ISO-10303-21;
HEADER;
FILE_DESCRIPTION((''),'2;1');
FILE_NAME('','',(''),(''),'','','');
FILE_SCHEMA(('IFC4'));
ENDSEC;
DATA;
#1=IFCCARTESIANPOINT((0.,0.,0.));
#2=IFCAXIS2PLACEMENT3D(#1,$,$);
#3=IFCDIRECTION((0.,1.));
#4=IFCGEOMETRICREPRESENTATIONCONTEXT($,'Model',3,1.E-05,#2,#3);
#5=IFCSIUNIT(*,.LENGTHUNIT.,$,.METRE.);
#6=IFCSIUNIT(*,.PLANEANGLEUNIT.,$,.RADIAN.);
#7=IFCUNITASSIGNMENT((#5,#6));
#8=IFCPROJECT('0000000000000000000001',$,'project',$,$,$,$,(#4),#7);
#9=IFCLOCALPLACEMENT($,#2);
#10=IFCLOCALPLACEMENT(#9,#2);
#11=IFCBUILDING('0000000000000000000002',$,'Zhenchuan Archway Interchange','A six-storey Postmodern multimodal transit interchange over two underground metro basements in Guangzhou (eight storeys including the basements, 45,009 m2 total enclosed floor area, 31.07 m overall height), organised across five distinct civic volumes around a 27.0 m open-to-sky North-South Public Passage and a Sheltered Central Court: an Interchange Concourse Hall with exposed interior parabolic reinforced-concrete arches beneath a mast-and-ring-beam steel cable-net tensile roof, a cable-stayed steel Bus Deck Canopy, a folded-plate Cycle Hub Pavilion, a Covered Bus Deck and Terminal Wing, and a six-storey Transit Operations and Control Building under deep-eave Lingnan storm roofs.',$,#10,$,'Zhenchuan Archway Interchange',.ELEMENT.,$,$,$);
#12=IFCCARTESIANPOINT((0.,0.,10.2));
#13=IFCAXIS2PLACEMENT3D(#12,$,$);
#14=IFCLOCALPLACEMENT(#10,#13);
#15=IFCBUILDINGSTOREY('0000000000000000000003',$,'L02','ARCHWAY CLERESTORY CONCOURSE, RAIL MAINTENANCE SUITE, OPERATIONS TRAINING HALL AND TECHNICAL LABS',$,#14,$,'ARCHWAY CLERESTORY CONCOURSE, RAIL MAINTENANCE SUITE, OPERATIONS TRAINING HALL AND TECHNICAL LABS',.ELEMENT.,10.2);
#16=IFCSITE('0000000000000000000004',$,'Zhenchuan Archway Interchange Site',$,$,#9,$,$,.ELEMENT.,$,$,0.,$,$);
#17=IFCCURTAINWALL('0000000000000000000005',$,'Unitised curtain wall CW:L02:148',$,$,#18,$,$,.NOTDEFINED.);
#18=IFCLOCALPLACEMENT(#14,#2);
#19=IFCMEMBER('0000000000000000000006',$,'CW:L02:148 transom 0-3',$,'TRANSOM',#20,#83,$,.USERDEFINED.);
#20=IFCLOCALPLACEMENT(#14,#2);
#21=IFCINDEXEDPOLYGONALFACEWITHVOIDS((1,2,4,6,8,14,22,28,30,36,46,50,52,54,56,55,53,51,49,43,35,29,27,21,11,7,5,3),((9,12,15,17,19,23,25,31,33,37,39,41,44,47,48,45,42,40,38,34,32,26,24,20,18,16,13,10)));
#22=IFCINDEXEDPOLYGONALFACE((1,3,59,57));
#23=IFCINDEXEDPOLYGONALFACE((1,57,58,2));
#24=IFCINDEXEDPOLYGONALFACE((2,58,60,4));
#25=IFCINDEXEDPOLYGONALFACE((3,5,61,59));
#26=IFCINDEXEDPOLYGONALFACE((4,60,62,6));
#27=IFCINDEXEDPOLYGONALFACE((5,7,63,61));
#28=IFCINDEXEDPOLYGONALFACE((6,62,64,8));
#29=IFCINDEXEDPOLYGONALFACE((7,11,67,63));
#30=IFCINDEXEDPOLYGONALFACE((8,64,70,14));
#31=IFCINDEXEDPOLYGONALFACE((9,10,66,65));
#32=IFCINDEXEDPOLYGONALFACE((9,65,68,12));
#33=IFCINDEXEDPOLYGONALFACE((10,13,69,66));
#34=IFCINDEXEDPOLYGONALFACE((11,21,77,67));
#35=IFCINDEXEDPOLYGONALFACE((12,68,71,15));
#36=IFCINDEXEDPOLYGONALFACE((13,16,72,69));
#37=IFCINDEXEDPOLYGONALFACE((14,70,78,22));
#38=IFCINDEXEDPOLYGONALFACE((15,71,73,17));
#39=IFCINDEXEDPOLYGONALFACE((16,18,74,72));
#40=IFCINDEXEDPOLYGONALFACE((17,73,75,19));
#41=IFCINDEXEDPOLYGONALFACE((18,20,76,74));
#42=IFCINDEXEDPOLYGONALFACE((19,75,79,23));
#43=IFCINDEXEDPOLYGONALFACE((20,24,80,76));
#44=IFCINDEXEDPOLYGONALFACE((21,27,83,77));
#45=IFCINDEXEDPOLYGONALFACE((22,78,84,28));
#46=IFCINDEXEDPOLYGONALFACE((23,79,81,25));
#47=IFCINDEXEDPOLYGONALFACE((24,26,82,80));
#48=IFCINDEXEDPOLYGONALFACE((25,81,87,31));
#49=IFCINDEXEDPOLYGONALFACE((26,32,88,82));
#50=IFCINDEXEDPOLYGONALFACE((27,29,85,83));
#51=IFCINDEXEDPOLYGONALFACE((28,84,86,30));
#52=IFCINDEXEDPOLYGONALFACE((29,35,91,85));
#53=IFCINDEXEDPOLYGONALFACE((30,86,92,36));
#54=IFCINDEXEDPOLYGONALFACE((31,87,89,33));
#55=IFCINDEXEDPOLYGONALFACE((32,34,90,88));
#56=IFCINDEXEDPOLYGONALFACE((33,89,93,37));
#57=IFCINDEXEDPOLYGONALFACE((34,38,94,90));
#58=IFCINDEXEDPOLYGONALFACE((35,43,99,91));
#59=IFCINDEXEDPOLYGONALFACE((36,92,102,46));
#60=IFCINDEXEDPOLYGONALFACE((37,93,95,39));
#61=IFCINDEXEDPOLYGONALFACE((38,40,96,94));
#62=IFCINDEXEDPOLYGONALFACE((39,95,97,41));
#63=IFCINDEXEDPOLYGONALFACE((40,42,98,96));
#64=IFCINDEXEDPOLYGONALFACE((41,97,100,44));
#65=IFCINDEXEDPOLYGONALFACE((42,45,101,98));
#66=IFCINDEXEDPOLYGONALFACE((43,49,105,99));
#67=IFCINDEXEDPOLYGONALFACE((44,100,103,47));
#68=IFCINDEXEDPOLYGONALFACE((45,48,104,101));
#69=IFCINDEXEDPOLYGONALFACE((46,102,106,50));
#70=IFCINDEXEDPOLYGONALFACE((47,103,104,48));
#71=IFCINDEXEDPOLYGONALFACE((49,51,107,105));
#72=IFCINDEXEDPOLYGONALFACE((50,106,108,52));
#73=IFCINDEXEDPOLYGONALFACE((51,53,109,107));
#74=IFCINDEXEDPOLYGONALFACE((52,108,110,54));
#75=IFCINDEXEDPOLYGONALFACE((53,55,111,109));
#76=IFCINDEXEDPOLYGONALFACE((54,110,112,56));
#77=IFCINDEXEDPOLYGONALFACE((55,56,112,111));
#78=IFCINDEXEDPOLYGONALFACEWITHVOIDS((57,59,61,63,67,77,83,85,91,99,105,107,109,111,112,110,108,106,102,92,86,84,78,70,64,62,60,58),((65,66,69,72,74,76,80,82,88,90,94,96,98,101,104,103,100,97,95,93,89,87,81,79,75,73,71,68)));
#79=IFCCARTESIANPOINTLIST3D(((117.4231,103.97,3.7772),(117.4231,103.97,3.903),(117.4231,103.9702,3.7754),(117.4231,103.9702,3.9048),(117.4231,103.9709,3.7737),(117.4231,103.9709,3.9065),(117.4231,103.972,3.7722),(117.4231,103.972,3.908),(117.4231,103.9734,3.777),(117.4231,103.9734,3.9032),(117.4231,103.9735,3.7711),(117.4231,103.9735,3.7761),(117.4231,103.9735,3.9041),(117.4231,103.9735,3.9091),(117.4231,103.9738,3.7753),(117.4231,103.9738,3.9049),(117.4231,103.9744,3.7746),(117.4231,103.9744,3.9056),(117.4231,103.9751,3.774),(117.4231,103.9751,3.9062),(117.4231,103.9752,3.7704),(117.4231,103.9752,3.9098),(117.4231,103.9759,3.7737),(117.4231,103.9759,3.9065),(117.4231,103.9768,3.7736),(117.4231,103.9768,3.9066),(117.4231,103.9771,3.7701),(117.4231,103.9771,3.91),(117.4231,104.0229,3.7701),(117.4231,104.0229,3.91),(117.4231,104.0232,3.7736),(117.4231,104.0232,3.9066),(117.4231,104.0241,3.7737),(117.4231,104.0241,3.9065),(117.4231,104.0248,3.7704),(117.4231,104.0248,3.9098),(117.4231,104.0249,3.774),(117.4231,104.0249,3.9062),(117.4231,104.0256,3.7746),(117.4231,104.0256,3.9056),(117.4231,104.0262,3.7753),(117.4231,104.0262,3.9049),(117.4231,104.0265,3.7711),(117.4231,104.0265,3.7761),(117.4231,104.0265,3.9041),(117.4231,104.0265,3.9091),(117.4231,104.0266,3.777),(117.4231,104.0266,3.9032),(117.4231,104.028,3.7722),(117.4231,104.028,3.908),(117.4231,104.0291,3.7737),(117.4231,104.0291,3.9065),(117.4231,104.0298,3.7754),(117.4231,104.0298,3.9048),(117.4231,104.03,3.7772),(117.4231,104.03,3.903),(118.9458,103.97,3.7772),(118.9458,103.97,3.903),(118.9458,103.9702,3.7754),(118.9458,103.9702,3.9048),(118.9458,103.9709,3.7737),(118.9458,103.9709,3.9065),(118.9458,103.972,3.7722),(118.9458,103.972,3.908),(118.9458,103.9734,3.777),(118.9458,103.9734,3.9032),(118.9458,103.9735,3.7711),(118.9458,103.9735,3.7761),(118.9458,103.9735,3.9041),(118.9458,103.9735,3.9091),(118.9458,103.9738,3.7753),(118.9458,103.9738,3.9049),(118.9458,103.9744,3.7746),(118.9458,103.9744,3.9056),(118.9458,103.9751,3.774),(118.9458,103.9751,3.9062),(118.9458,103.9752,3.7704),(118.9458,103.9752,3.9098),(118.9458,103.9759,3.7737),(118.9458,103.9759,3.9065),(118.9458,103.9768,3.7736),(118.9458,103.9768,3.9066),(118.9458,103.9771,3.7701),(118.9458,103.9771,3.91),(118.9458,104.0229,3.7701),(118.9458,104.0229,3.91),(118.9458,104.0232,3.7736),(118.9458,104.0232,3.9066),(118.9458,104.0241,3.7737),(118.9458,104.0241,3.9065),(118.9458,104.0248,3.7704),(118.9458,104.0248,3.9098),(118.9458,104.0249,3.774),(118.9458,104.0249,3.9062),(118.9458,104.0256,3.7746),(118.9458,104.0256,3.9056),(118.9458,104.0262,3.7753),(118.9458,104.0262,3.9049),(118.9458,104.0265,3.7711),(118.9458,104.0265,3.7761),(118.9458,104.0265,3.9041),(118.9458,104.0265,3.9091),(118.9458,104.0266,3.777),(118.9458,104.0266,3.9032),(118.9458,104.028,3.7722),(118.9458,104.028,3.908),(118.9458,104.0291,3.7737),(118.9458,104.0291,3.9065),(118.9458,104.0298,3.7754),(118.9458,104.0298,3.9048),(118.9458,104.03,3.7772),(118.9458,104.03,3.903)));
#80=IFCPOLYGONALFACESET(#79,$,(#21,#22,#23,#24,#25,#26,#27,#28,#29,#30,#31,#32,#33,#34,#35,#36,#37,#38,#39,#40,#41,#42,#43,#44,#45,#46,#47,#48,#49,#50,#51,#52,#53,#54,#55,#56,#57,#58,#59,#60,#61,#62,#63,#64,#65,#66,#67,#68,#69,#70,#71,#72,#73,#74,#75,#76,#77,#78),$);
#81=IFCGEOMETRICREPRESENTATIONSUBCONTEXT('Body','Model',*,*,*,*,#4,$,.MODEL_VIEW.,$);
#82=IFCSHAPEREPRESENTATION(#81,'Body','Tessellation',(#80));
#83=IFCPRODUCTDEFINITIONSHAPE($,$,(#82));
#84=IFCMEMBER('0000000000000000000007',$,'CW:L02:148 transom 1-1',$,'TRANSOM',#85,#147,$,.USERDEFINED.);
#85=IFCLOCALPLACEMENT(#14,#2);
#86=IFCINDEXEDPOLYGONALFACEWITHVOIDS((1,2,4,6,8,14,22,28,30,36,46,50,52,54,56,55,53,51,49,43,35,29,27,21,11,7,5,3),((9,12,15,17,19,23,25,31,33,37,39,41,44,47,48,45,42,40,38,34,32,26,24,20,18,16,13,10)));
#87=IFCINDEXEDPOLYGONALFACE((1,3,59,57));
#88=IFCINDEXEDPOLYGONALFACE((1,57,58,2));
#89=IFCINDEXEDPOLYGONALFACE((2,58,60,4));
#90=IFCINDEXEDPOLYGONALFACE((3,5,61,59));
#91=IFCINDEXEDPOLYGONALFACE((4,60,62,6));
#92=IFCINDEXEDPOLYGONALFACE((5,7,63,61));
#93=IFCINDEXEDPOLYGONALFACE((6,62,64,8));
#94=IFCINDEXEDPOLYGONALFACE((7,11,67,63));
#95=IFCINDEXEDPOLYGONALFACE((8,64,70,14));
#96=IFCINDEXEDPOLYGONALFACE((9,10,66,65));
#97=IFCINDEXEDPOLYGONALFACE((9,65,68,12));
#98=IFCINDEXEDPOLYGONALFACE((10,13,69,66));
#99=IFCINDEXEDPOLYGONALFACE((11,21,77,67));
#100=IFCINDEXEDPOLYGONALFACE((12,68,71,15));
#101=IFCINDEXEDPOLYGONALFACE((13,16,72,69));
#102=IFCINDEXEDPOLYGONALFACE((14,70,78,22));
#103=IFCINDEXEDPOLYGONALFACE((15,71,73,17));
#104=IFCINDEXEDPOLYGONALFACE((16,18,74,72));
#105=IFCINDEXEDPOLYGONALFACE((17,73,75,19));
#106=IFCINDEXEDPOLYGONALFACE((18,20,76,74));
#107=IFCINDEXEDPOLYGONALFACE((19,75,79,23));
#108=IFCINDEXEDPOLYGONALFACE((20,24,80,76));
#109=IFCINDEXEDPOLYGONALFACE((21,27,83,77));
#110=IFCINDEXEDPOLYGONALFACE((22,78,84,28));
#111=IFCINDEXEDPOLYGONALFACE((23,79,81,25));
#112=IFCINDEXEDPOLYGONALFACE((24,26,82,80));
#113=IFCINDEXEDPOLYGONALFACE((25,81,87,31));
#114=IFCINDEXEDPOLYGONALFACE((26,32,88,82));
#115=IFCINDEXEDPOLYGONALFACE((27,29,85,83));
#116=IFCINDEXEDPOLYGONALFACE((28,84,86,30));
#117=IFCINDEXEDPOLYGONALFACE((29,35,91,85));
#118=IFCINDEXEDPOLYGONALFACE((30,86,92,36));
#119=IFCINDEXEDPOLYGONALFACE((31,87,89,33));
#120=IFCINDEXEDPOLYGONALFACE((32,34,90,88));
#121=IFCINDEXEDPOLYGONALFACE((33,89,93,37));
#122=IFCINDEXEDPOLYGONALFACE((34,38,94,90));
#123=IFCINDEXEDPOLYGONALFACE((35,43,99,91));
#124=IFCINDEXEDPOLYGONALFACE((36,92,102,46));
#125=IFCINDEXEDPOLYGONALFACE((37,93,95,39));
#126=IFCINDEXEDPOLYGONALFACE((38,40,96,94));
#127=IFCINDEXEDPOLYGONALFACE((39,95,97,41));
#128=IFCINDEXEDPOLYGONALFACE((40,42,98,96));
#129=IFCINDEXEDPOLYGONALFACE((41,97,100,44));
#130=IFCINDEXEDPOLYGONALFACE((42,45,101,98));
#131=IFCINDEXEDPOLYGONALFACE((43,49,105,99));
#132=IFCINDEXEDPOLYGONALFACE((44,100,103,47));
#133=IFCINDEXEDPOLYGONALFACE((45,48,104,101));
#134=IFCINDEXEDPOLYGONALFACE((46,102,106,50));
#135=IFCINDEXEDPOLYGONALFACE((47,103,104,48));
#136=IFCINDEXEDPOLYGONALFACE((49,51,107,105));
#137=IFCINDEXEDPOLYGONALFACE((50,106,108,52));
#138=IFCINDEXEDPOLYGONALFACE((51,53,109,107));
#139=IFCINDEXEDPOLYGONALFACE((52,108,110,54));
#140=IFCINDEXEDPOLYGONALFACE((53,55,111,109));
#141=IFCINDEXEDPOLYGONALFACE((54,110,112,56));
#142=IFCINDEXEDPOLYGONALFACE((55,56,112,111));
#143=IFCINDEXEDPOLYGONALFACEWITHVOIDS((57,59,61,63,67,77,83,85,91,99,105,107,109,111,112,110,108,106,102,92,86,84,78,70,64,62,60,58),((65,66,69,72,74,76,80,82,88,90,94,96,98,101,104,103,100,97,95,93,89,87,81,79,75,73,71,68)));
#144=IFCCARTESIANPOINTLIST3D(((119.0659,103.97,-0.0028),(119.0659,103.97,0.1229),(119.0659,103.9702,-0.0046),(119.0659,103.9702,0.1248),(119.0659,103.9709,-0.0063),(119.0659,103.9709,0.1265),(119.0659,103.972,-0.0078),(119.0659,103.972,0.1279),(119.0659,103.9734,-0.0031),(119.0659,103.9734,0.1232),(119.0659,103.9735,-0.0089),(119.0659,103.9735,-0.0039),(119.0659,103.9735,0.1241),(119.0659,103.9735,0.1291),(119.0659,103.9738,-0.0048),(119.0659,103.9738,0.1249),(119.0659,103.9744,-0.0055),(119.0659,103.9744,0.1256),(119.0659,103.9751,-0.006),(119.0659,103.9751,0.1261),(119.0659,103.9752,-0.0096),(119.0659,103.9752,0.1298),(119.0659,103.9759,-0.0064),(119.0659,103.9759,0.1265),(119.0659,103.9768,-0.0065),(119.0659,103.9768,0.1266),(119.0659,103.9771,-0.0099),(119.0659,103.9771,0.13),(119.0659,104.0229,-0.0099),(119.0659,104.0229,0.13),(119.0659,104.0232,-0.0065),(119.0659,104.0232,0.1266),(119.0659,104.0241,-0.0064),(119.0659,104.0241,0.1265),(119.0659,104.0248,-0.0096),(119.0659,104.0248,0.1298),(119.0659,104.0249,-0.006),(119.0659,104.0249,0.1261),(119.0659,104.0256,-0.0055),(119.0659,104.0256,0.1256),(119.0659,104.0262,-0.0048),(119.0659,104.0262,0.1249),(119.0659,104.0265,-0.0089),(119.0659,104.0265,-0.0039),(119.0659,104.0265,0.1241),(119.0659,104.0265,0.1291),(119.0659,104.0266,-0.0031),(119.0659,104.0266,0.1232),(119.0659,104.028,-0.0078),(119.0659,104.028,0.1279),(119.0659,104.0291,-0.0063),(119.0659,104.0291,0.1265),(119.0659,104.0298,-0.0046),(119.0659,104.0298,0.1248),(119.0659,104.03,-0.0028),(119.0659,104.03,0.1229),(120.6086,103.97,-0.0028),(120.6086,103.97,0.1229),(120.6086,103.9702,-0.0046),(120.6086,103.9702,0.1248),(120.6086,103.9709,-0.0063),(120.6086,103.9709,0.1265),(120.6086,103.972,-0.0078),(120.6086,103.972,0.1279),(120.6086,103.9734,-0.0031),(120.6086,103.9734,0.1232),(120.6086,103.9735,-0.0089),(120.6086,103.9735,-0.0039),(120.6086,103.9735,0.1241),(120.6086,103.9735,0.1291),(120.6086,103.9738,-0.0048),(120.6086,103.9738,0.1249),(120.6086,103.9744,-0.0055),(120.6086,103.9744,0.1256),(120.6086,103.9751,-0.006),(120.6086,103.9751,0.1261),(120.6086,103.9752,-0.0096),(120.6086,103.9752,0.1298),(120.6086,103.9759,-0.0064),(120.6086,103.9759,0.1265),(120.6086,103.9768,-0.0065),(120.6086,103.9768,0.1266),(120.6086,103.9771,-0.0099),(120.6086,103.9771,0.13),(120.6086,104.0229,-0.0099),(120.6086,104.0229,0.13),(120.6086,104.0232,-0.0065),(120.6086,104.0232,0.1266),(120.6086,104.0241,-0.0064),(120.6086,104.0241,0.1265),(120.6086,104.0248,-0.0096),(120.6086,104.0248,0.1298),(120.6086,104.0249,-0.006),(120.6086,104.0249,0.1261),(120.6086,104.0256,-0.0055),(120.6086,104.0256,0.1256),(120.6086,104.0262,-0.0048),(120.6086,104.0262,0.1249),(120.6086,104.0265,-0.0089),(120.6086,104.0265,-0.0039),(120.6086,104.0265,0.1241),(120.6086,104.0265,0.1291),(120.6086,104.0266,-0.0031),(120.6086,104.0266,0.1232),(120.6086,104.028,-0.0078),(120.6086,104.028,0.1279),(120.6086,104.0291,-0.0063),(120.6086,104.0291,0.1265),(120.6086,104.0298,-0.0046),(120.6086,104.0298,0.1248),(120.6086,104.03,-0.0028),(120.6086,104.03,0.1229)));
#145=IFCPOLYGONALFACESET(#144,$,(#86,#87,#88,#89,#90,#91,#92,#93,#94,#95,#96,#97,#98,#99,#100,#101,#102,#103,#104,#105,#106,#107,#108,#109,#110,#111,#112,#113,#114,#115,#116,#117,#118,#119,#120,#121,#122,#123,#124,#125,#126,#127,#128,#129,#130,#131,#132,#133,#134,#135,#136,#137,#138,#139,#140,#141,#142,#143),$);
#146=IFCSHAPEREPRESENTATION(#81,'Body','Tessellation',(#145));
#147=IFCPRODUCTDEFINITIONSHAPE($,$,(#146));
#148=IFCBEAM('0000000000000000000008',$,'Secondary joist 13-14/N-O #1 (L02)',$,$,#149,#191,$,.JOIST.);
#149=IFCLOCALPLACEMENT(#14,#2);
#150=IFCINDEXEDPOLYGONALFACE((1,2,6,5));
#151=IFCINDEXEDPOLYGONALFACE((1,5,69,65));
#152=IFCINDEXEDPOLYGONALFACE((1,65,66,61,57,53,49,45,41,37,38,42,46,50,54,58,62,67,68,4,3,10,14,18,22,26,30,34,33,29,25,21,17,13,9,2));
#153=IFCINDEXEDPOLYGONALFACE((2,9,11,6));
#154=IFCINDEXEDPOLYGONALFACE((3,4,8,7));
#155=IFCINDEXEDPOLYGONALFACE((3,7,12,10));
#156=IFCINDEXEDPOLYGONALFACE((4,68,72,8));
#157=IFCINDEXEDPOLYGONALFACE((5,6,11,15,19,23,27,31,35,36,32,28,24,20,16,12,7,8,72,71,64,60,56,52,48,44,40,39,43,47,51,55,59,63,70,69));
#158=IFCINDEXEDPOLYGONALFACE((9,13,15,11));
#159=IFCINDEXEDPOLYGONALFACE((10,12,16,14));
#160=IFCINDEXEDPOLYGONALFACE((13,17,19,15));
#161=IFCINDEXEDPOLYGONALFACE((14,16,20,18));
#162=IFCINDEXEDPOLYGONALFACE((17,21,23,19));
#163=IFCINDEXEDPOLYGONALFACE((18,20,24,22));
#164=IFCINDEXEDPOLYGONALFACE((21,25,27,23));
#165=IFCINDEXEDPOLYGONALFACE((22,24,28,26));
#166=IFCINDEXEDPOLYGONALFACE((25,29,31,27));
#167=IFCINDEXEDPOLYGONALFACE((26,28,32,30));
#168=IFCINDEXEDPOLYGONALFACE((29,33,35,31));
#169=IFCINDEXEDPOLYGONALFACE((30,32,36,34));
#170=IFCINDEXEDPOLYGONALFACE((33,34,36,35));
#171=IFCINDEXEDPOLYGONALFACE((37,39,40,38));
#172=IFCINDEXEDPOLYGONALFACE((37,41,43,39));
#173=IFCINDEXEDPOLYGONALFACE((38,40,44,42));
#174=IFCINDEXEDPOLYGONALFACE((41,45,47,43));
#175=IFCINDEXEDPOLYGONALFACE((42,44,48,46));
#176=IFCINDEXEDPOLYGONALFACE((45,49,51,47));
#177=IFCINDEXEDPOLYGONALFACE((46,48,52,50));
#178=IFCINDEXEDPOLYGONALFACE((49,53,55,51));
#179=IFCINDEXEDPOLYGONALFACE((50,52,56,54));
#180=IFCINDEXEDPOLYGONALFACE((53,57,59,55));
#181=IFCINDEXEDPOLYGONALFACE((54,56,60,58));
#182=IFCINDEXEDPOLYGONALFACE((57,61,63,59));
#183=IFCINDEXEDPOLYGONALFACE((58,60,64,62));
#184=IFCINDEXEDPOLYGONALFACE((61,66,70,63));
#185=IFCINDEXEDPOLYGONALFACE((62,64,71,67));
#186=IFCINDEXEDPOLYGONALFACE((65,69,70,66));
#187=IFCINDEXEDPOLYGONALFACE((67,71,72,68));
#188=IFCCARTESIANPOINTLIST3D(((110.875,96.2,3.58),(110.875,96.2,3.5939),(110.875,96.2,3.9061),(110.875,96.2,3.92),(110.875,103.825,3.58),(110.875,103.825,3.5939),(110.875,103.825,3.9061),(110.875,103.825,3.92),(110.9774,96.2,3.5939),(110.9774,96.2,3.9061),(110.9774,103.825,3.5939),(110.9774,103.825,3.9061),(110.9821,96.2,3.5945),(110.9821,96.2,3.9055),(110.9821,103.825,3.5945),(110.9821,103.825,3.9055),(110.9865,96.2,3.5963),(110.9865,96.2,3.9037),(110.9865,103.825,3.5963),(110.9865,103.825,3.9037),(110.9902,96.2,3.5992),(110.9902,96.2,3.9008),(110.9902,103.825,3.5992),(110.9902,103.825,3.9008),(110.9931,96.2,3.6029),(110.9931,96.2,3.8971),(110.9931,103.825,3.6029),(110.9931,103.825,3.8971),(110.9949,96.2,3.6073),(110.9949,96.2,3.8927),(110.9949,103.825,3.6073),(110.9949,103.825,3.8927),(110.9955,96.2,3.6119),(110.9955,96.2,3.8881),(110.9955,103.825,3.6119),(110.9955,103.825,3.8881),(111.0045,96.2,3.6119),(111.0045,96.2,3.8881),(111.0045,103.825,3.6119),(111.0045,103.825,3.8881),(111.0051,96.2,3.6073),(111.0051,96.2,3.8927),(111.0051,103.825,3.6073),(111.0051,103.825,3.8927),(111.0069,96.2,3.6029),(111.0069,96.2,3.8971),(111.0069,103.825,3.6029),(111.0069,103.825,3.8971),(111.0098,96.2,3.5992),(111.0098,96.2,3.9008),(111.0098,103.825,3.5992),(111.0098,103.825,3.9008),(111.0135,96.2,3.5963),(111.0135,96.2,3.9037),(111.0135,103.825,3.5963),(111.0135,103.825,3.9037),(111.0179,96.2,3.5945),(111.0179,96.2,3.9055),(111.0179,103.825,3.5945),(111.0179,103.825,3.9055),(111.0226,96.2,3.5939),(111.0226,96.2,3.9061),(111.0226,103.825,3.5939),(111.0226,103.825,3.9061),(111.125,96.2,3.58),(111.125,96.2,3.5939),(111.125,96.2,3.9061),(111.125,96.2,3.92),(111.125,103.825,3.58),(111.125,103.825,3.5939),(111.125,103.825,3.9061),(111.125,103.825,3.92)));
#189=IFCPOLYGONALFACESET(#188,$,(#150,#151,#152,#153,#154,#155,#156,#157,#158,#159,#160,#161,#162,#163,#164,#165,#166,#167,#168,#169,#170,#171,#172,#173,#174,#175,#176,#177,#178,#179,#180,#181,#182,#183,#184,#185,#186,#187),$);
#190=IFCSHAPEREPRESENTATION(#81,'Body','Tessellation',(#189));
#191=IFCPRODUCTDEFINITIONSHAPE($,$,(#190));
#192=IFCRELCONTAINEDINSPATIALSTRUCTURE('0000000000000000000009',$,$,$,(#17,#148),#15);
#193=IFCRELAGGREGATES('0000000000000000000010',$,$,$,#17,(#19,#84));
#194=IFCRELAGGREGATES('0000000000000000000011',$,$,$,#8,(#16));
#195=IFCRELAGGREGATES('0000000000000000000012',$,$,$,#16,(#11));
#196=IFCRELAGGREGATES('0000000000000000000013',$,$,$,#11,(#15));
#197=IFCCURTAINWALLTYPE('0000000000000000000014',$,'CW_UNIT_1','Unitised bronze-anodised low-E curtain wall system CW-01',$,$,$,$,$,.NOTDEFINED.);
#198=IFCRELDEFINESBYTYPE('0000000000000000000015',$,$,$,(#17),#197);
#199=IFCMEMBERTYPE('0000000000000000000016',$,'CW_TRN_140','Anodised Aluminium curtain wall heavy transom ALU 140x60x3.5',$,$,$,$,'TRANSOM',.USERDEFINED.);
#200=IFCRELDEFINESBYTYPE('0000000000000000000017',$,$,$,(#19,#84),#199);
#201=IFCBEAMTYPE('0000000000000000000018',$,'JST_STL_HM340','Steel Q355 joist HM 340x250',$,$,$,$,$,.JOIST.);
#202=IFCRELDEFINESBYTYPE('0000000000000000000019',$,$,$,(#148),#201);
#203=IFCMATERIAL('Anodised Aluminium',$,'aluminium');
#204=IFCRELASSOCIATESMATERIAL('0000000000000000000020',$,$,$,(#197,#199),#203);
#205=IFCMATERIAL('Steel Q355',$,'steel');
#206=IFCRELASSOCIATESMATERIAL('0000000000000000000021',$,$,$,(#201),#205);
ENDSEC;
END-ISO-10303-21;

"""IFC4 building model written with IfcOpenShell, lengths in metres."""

from ifc_helpers import new_model, si_unit, direction, frame, origin, origin_2d, place, context, subcontext, project, spatial, hollow_rectangle, i_section, extrude, material, material_profile, profile_set, type_object, element, aggregate, save


model = new_model("IFC4")

# Units and contexts
model_context = context("Model", 3, precision=1e-05, world=origin(), true_north=direction((0.0, 1.0)))
body_context = subcontext(model_context, "Body", "Model", "MODEL_VIEW")
ifc_project = project(units=[si_unit("LENGTHUNIT", "METRE"), si_unit("PLANEANGLEUNIT", "RADIAN")], contexts=[model_context])

# Site, building, storey
site_placement = place(None, origin())
site = spatial("IfcSite", under=ifc_project, at=site_placement, Name="Zhenchuan Archway Interchange Site", CompositionType="ELEMENT", RefElevation=0.0)
building_placement = place(site_placement, origin())
building = spatial("IfcBuilding", under=site, at=building_placement, Name="Zhenchuan Archway Interchange", Description="A six-storey Postmodern multimodal transit interchange over two underground metro basements in Guangzhou (eight storeys including the basements, 45,009 m2 total enclosed floor area, 31.07 m overall height), organised across five distinct civic volumes around a 27.0 m open-to-sky North-South Public Passage and a Sheltered Central Court: an Interchange Concourse Hall with exposed interior parabolic reinforced-concrete arches beneath a mast-and-ring-beam steel cable-net tensile roof, a cable-stayed steel Bus Deck Canopy, a folded-plate Cycle Hub Pavilion, a Covered Bus Deck and Terminal Wing, and a six-storey Transit Operations and Control Building under deep-eave Lingnan storm roofs.", LongName="Zhenchuan Archway Interchange", CompositionType="ELEMENT")
storey_placement = place(building_placement, frame((0.0, 0.0, 10.2)))
storey = spatial("IfcBuildingStorey", under=building, at=storey_placement, Name="L02", Description="ARCHWAY CLERESTORY CONCOURSE, RAIL MAINTENANCE SUITE, OPERATIONS TRAINING HALL AND TECHNICAL LABS", LongName="ARCHWAY CLERESTORY CONCOURSE, RAIL MAINTENANCE SUITE, OPERATIONS TRAINING HALL AND TECHNICAL LABS", CompositionType="ELEMENT", Elevation=10.2)

# Curtain wall, members
ifc_material_1 = material(Name="Anodised Aluminium", Category="aluminium")
curtain_wall_type = type_object("IfcCurtainWallType", Name="CW_UNIT_1", Description="Unitised bronze-anodised low-E curtain wall system CW-01", PredefinedType="NOTDEFINED", material=ifc_material_1)
curtain_wall_placement = place(storey_placement, origin())
curtain_wall = element("IfcCurtainWall", 1, at=curtain_wall_placement, inside=storey, type_object=curtain_wall_type, Name="Unitised curtain wall CW:L02:148", PredefinedType="NOTDEFINED")
ifc_material_profile_1 = material_profile(ifc_material_1, hollow_rectangle(XDim=0.0601, YDim=0.1399, WallThickness=0.0034, InnerFilletRadius=0.0034, OuterFilletRadius=0.0071, at=origin_2d()), Name="ALU 140x60x3.5")
ifc_profile_set_1 = profile_set([ifc_material_profile_1], Name="Anodised Aluminium")
member_type_1 = type_object("IfcMemberType", Name="CW_TRN_140", Description="Anodised Aluminium curtain wall heavy transom ALU 140x60x3.5", ElementType="TRANSOM", PredefinedType="USERDEFINED", material=ifc_profile_set_1)
member_1_placement = place(storey_placement, frame((117.4231, 104.0, 3.8401), z_axis=(1.0, 0.0, 0.0), x_axis=(0.0, 1.0, 0.0)))
member_1 = element("IfcMember", 2, at=member_1_placement, type_object=member_type_1, Name="CW:L02:148 transom 0-3", ObjectType="TRANSOM", PredefinedType="USERDEFINED", context=body_context, shape_type="SweptSolid", body=[
    extrude(hollow_rectangle(XDim=0.0601, YDim=0.1399, WallThickness=0.0034, InnerFilletRadius=0.0034, OuterFilletRadius=0.0071, at=origin_2d()), origin(), (0.0, 0.0, 1.0), 1.5227),
])
member_2_placement = place(storey_placement, frame((119.0659, 104.0, 0.0601), z_axis=(1.0, 0.0, 0.0), x_axis=(0.0, 1.0, 0.0)))
member_2 = element("IfcMember", 3, at=member_2_placement, type_object=member_type_1, Name="CW:L02:148 transom 1-1", ObjectType="TRANSOM", PredefinedType="USERDEFINED", context=body_context, shape_type="SweptSolid", body=[
    extrude(hollow_rectangle(XDim=0.0601, YDim=0.1399, WallThickness=0.0034, InnerFilletRadius=0.0034, OuterFilletRadius=0.0071, at=origin_2d()), origin(), (0.0, 0.0, 1.0), 1.5427),
])

# Beam
ifc_material_2 = material(Name="Steel Q355", Category="steel")
ifc_material_profile_2 = material_profile(ifc_material_2, i_section(OverallWidth=0.25, OverallDepth=0.3401, WebThickness=0.009, FlangeThickness=0.0139, FilletRadius=0.0181, at=origin_2d()), Name="HM 340x250")
ifc_profile_set_2 = profile_set([ifc_material_profile_2], Name="Steel Q355")
beam_type_1 = type_object("IfcBeamType", Name="JST_STL_HM340", Description="Steel Q355 joist HM 340x250", PredefinedType="JOIST", material=ifc_profile_set_2)
for number, where, z_axis, x_axis, name in (
    (4, (111.0, 96.2, 3.75), (0.0, 1.0, 0.0), (-1.0, 0.0, 0.0), "Secondary joist 13-14/N-O #1 (L02)"),
):
    element("IfcBeam", number, at=place(storey_placement, frame(where, z_axis=z_axis, x_axis=x_axis)), inside=storey, type_object=beam_type_1, Name=name, PredefinedType="JOIST", context=body_context, shape_type="SweptSolid", body=[
        extrude(i_section(OverallWidth=0.25, OverallDepth=0.3401, WebThickness=0.009, FlangeThickness=0.0139, FilletRadius=0.0181, at=origin_2d()), origin(), (0.0, 0.0, 1.0), 7.625),
    ])

aggregate(curtain_wall, [member_1, member_2])

save(model, "model.ifc")
